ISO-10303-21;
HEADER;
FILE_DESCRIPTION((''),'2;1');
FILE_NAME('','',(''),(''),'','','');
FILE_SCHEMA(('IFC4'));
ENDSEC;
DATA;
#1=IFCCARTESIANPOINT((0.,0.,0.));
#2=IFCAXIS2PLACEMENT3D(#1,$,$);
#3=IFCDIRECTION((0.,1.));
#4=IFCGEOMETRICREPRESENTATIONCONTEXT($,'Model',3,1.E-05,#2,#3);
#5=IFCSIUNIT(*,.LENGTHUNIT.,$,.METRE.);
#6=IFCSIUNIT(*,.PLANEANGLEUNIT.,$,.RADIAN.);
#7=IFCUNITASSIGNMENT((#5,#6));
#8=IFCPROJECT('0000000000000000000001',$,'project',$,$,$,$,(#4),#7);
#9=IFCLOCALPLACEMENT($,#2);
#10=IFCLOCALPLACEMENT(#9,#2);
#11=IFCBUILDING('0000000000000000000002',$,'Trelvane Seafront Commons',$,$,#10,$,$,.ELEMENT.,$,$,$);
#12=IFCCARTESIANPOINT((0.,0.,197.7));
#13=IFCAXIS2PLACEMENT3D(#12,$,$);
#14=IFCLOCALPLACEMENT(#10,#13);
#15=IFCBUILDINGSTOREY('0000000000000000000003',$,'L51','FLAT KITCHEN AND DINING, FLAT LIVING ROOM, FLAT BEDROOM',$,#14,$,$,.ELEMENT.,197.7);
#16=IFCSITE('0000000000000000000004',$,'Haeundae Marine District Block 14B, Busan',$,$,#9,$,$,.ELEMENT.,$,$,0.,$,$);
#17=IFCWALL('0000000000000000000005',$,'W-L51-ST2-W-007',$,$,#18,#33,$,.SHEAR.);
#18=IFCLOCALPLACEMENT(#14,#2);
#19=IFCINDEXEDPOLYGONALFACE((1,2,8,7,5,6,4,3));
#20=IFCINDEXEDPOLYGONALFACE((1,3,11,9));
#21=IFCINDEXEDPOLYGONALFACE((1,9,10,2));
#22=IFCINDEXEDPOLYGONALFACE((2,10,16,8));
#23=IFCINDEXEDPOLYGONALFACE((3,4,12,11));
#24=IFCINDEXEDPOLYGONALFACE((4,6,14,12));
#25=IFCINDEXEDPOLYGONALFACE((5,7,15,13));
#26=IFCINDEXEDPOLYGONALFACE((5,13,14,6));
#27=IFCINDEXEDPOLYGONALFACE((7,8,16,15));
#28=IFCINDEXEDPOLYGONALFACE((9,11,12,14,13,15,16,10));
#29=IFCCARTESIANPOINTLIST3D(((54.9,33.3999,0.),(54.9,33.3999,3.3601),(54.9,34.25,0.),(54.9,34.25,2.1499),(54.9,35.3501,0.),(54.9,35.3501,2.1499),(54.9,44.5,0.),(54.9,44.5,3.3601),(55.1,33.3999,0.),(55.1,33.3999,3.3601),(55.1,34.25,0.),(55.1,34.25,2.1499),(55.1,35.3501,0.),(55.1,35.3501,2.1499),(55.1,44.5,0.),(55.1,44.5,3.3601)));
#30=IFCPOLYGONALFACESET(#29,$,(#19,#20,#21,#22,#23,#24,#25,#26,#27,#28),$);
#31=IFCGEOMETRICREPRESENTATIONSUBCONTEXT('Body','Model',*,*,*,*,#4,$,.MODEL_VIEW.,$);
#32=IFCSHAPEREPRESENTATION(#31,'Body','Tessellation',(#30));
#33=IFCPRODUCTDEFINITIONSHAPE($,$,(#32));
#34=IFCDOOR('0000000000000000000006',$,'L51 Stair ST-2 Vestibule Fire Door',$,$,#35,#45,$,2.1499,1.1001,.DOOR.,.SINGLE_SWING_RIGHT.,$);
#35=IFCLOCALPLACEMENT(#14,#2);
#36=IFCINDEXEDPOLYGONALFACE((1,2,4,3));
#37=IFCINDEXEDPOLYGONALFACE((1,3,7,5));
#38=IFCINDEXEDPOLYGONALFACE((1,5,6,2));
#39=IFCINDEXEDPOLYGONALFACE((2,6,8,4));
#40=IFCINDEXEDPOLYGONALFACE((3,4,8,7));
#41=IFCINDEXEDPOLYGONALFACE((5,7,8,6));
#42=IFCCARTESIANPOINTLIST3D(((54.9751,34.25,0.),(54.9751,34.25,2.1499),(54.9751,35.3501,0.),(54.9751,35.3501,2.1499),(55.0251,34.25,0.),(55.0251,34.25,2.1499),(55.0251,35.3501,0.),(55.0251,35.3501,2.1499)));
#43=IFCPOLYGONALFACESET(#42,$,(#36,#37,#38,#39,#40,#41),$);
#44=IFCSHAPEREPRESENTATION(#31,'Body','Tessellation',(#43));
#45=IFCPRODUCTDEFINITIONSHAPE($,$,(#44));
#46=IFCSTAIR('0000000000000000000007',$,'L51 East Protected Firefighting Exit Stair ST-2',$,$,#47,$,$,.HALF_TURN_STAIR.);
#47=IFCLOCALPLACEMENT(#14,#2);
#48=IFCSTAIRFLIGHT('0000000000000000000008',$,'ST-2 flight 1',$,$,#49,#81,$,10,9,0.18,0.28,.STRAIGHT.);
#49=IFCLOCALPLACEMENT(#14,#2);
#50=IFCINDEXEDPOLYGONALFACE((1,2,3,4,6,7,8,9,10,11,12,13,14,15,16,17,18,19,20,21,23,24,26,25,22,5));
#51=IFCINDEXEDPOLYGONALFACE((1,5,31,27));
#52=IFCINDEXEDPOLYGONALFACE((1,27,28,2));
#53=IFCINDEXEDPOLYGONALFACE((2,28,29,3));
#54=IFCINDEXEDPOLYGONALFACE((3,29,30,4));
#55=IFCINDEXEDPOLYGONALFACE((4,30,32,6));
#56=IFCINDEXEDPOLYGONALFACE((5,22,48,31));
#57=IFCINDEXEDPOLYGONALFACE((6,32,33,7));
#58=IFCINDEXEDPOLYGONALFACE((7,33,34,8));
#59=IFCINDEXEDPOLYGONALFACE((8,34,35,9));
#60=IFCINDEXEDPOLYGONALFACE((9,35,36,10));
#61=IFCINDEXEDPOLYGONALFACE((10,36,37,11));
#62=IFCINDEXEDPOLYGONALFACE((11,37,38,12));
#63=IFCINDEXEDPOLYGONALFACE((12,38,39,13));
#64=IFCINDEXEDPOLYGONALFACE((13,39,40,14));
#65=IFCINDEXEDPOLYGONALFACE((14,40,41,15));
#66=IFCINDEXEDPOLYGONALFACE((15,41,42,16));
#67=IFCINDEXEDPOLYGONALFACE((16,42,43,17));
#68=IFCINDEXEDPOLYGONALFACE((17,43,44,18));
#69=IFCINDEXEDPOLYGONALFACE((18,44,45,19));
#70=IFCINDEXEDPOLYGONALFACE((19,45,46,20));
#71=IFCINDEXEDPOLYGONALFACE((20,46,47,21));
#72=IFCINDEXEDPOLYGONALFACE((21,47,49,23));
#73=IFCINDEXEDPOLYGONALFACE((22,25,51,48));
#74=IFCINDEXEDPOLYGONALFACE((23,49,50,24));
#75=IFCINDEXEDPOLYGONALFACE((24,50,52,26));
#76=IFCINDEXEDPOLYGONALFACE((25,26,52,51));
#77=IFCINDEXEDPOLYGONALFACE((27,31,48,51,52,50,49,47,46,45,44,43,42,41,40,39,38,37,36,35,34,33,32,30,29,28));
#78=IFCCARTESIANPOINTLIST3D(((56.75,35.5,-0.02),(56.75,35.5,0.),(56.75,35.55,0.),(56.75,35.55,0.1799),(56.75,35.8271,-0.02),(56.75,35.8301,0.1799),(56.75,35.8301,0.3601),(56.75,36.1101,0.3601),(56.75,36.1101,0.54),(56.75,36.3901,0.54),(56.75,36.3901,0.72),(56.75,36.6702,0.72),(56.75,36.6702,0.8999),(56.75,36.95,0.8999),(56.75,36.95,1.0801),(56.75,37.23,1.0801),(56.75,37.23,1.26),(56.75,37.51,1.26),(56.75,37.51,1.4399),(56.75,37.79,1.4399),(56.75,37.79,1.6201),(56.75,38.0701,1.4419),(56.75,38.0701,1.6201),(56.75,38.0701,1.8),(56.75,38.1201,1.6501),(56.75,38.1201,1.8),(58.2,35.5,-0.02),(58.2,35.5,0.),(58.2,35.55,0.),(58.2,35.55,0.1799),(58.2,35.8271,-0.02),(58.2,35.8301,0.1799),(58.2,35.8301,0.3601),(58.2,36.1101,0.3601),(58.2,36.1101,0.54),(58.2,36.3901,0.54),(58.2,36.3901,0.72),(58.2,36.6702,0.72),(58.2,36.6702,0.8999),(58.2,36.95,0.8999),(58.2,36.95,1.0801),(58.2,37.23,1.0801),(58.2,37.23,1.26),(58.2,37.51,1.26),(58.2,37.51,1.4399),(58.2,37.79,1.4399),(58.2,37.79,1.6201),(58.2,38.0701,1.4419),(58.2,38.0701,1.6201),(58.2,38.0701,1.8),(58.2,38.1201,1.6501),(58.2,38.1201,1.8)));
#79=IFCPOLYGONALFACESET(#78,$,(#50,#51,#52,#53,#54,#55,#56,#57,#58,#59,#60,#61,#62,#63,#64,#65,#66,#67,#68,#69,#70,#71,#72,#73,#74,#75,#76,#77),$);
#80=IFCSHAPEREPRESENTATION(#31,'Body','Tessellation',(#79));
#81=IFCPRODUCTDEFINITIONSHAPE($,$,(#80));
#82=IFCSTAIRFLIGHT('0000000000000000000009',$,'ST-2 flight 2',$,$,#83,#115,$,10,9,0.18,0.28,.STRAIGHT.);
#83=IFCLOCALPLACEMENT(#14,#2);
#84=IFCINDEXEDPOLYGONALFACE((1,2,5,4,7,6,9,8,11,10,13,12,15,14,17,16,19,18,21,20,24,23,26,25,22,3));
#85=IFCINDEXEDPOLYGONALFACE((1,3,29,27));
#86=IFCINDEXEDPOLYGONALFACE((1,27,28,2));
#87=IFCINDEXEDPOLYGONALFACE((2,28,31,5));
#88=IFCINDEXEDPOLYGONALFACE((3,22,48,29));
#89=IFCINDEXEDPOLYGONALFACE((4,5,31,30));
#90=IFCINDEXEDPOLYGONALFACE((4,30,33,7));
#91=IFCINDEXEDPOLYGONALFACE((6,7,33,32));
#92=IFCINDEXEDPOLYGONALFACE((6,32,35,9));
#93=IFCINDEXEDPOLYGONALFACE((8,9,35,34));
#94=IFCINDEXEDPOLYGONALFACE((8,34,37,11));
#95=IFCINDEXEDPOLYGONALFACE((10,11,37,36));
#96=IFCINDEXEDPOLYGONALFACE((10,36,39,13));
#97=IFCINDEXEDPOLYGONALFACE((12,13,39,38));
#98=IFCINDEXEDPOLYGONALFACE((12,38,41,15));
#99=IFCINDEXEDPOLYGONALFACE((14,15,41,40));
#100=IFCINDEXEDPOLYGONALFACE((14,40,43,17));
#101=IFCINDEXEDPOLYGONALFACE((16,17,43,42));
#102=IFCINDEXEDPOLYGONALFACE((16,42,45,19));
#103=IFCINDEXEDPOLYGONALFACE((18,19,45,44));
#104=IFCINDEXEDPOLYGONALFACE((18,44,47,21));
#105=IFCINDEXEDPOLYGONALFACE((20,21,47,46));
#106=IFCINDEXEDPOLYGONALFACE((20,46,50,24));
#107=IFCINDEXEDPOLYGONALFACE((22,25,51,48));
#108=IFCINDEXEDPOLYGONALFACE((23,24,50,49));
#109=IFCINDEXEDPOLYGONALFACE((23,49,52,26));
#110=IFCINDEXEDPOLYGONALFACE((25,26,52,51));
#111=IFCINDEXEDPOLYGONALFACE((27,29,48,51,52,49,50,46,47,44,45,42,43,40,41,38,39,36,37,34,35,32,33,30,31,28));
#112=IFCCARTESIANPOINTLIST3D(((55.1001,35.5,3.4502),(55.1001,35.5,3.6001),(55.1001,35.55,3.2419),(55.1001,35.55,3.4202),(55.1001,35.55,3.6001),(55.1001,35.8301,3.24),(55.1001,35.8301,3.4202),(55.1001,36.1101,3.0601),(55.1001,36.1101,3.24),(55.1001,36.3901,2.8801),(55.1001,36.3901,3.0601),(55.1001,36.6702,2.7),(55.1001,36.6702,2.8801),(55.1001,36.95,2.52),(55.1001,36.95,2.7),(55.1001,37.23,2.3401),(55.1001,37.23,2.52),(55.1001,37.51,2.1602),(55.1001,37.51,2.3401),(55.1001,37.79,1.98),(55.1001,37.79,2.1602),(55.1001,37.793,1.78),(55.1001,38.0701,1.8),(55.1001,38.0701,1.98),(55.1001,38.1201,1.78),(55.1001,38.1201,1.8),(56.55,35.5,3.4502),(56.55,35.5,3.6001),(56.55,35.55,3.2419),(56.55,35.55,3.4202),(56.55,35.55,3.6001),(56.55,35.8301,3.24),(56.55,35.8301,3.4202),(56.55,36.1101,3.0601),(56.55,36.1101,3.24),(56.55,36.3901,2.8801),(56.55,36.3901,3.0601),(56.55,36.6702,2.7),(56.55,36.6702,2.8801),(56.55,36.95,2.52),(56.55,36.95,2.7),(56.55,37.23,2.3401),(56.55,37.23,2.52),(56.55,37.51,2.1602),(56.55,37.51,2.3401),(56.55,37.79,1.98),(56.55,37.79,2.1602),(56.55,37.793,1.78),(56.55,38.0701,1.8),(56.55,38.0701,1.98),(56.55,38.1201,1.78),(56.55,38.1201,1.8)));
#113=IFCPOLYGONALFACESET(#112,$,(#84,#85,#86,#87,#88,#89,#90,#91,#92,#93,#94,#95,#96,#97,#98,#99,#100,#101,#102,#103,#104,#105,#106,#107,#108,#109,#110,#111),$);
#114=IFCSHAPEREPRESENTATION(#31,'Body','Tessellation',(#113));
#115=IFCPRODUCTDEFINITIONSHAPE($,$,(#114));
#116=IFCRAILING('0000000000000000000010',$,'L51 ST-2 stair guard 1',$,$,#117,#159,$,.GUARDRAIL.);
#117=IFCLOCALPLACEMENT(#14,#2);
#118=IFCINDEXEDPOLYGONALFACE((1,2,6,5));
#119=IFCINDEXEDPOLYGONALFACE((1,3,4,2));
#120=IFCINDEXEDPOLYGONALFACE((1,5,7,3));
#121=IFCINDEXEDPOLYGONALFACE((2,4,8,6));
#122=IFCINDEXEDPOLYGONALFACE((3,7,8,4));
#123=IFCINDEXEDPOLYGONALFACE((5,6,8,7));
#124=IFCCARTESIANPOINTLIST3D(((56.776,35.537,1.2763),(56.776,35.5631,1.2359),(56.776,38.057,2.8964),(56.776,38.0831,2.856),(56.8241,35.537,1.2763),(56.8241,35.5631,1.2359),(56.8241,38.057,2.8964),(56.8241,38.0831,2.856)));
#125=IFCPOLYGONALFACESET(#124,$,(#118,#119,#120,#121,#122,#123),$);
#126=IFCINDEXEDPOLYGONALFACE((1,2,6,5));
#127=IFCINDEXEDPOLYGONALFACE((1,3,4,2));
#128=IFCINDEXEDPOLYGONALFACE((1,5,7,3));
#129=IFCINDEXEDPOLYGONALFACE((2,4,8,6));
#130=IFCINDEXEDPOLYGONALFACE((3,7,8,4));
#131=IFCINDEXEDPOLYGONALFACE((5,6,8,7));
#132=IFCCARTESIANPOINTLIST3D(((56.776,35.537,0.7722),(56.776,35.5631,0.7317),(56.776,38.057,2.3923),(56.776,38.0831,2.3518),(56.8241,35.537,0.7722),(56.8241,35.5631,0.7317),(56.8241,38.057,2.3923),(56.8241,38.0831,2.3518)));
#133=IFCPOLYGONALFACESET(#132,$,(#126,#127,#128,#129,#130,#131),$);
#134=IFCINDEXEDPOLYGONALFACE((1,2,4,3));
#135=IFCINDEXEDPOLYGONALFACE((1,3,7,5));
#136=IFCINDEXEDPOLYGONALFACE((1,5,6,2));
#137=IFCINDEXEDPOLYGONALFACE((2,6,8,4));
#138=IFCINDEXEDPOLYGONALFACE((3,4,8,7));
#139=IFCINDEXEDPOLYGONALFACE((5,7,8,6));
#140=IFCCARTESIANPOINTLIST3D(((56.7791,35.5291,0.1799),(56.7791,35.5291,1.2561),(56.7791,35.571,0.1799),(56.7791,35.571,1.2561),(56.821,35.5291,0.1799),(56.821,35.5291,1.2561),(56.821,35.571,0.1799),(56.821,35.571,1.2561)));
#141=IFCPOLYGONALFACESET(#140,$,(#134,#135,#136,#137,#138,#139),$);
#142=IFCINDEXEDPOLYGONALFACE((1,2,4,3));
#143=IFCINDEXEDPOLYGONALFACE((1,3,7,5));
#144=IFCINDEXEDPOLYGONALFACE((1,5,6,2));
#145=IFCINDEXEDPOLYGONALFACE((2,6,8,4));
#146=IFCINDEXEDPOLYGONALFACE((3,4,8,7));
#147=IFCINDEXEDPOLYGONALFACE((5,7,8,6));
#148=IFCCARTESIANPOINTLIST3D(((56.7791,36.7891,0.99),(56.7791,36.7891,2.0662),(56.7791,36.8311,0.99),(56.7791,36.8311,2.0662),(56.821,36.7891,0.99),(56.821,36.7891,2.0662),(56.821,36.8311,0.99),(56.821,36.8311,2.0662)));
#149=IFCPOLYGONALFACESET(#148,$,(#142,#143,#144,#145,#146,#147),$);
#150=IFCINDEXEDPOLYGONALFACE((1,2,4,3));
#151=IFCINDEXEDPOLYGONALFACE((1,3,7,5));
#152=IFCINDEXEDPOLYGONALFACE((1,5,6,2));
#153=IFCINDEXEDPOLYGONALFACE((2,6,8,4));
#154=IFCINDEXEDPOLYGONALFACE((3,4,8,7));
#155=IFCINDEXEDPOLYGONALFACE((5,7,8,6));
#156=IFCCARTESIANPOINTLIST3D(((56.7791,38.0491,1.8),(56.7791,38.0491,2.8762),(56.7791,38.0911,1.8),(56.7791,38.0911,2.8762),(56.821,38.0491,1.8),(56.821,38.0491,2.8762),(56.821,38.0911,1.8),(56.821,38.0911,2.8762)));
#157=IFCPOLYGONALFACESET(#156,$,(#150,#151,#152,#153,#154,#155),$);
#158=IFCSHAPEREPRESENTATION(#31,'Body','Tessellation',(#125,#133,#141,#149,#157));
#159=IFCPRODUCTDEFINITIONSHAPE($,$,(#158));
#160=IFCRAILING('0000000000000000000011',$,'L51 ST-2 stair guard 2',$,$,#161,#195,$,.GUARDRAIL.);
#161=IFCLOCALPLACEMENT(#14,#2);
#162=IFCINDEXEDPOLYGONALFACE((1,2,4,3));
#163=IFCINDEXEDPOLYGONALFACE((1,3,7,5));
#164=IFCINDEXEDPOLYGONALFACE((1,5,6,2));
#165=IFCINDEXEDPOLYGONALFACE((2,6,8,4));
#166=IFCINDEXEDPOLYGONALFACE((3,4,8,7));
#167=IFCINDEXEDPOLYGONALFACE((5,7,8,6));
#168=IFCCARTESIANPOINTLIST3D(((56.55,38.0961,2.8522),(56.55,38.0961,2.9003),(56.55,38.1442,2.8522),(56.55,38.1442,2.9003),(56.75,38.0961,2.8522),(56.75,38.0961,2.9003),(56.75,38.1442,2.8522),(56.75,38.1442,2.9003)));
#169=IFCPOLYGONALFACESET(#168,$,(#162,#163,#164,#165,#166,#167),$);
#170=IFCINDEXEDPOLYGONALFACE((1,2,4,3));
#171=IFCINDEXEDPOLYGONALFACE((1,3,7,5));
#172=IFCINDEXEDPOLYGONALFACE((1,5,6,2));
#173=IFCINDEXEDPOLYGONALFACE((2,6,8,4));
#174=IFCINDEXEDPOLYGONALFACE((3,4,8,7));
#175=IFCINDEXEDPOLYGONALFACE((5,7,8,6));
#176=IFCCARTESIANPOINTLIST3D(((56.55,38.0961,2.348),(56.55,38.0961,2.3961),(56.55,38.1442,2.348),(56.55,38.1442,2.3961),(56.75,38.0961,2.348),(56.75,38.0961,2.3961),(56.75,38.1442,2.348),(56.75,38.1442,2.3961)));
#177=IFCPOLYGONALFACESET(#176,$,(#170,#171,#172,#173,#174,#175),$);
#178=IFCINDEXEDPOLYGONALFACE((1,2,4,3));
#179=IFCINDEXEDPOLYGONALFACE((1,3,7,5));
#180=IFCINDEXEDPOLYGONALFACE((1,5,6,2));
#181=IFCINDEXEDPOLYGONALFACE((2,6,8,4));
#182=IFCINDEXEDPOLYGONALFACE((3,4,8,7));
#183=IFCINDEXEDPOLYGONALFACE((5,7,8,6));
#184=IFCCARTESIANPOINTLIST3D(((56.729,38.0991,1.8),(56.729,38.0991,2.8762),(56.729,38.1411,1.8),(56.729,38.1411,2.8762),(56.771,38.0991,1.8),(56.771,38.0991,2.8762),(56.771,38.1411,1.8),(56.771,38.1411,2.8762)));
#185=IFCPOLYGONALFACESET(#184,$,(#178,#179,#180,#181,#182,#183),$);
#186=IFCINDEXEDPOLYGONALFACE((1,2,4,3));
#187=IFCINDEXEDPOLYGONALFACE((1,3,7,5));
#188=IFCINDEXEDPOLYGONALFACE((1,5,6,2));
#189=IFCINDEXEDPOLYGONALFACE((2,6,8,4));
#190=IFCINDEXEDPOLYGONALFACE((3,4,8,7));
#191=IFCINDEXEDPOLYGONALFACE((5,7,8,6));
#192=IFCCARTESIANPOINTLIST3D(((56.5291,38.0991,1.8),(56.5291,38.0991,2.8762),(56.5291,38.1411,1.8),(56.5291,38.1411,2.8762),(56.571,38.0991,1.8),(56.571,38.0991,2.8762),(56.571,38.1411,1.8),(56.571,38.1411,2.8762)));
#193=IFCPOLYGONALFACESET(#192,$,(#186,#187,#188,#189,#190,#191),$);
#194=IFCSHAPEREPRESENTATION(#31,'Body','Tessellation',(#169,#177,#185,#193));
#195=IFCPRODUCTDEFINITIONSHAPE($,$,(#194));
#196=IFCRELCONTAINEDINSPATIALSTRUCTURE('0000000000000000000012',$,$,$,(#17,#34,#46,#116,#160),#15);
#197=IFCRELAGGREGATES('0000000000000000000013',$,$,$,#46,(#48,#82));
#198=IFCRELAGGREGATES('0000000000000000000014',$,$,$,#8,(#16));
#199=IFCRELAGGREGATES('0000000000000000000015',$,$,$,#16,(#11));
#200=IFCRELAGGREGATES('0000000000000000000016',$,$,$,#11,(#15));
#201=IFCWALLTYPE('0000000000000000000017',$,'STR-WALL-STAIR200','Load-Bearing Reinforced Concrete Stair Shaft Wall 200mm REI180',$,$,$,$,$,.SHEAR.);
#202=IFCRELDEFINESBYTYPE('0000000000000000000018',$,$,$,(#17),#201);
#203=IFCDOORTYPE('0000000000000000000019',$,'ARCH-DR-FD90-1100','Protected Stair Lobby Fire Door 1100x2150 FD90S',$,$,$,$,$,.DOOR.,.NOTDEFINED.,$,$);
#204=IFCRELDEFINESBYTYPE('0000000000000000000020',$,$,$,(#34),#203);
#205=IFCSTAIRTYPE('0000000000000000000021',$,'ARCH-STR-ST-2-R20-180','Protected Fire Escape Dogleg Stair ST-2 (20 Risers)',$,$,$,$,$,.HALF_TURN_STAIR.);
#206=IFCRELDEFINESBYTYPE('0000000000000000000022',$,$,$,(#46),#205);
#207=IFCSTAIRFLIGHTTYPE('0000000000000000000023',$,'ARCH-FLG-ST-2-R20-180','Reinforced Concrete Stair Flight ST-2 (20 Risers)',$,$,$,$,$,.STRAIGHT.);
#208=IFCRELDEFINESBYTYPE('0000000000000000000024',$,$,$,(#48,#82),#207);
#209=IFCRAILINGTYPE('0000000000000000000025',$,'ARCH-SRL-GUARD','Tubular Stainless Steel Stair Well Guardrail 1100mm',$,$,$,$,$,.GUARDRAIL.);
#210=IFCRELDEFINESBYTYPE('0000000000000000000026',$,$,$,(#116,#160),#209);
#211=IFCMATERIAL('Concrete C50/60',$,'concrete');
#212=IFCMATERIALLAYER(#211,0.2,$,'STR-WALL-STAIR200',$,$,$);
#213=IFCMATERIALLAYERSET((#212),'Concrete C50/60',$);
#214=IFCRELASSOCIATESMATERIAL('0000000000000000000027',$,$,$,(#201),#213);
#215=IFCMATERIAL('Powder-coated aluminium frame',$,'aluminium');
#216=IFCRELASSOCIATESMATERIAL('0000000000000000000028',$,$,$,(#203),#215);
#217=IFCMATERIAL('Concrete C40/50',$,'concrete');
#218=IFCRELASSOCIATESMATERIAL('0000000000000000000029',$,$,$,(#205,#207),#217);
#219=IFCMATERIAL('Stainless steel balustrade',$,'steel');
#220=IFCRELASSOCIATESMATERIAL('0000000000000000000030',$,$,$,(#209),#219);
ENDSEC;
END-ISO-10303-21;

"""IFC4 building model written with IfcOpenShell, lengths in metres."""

from ifc_helpers import new_model, si_unit, direction, frame, frame_2d, origin, origin_2d, place, context, subcontext, project, spatial, polyline, rectangle, outline, extrude, source, transform, mapped, material, layer, layer_set, type_object, element, fill, aggregate, save


model = new_model("IFC4")

# Units and contexts
model_context = context("Model", 3, precision=1e-05, world=origin(), true_north=direction((0.0, 1.0)))
body_context = subcontext(model_context, "Body", "Model", "MODEL_VIEW")
ifc_project = project(units=[si_unit("LENGTHUNIT", "METRE"), si_unit("PLANEANGLEUNIT", "RADIAN")], contexts=[model_context])

# Site, building, storey
site_placement = place(None, origin())
site = spatial("IfcSite", under=ifc_project, at=site_placement, Name="Haeundae Marine District Block 14B, Busan", CompositionType="ELEMENT", RefElevation=0.0)
building_placement = place(site_placement, origin())
building = spatial("IfcBuilding", under=site, at=building_placement, Name="Trelvane Seafront Commons", CompositionType="ELEMENT")
storey_placement = place(building_placement, frame((0.0, 0.0, 197.7)))
storey = spatial("IfcBuildingStorey", under=building, at=storey_placement, Name="L51", Description="FLAT KITCHEN AND DINING, FLAT LIVING ROOM, FLAT BEDROOM", CompositionType="ELEMENT", Elevation=197.7)

# Shared definitions
ifc_material_1 = material(Name="Concrete C50/60", Category="concrete")

# Shared definitions
ifc_material_2 = material(Name="Concrete C40/50", Category="concrete")
ifc_material_3 = material(Name="Powder-coated aluminium frame", Category="aluminium")

# Shared definitions
ifc_layer_1 = layer(ifc_material_1, 0.2, Name="STR-WALL-STAIR200")
ifc_layer_set_1 = layer_set([ifc_layer_1], Name="Concrete C50/60")
wall_type_1 = type_object("IfcWallType", Name="STR-WALL-STAIR200", Description="Load-Bearing Reinforced Concrete Stair Shaft Wall 200mm REI180", PredefinedType="SHEAR", material=ifc_layer_set_1)

# Wall, opening, door
wall_1_placement = place(storey_placement, frame((55.0, 33.3999, 0.0), z_axis=(0.0, 0.0, 1.0), x_axis=(0.0, 1.0, 0.0)))
wall_1 = element("IfcWall", 1, at=wall_1_placement, inside=storey, type_object=wall_type_1, Name="W-L51-ST2-W-007", PredefinedType="SHEAR", context=body_context, shape_type="SweptSolid", body=[
    extrude(rectangle(XDim=11.1001, YDim=0.2, at=frame_2d((5.55, 0.0))), origin(), (0.0, 0.0, 1.0), 3.3601),
])
opening_1_placement = place(wall_1_placement, frame((0.8501, 0.0, 0.0)))
opening_1 = element("IfcOpeningElement", 2, at=opening_1_placement, cuts=wall_1, PredefinedType="OPENING", context=body_context, shape_type="SweptSolid", body=[
    extrude(rectangle(XDim=1.1001, YDim=2.1499, at=frame_2d((0.55, 1.075))), frame((0.0, 0.1099, 0.0), z_axis=(0.0, -1.0, 0.0), x_axis=(1.0, 0.0, 0.0)), (0.0, 0.0, 1.0), 0.22),
])
door_type_1 = type_object("IfcDoorType", Name="ARCH-DR-FD90-1100", Description="Protected Stair Lobby Fire Door 1100x2150 FD90S", OperationType="NOTDEFINED", PredefinedType="DOOR", material=ifc_material_3)
shared_shape_1 = source(origin(), body_context, "Body", "SweptSolid", [
    extrude(rectangle(XDim=1.1001, YDim=2.1499, at=frame_2d((0.55, 1.075))), frame((0.0, 0.0249, 0.0), z_axis=(0.0, -1.0, 0.0), x_axis=(1.0, 0.0, 0.0)), (0.0, 0.0, 1.0), 0.05),
])
door_1_placement = place(opening_1_placement, origin())
door_1 = element("IfcDoor", 3, at=door_1_placement, inside=storey, type_object=door_type_1, Name="L51 Stair ST-2 Vestibule Fire Door", OperationType="SINGLE_SWING_RIGHT", OverallHeight=2.1499, OverallWidth=1.1001, PredefinedType="DOOR", context=body_context, shape_type="MappedRepresentation", body=[
    mapped(shared_shape_1, transform((0.0, 0.0, 0.0), x_axis=(1.0, 0.0, 0.0), y_axis=(0.0, 1.0, 0.0), z_axis=(0.0, 0.0, 1.0), scale=1.0)),
])
fill(opening_1, door_1)

# Stair, stair flights
stair_type = type_object("IfcStairType", Name="ARCH-STR-ST-2-R20-180", Description="Protected Fire Escape Dogleg Stair ST-2 (20 Risers)", PredefinedType="HALF_TURN_STAIR", material=ifc_material_2)
stair_placement = place(storey_placement, origin())
stair = element("IfcStair", 4, at=stair_placement, inside=storey, type_object=stair_type, Name="L51 East Protected Firefighting Exit Stair ST-2", PredefinedType="HALF_TURN_STAIR")
stair_flight_type = type_object("IfcStairFlightType", Name="ARCH-FLG-ST-2-R20-180", Description="Reinforced Concrete Stair Flight ST-2 (20 Risers)", PredefinedType="STRAIGHT", material=ifc_material_2)
shared_shape_2 = source(origin(), body_context, "Body", "SweptSolid", [
    extrude(outline(polyline([(-0.05, -0.02), (-0.05, 0.0), (0.0, 0.0), (0.0, 0.1799), (0.28, 0.1799), (0.28, 0.3601), (0.5601, 0.3601), (0.5601, 0.54), (0.8401, 0.54), (0.8401, 0.72), (1.1201, 0.72), (1.1201, 0.8999), (1.3999, 0.8999), (1.3999, 1.0801), (1.6799, 1.0801), (1.6799, 1.26), (1.96, 1.26), (1.96, 1.4399), (2.24, 1.4399), (2.24, 1.6201), (2.52, 1.6201), (2.52, 1.8), (2.5701, 1.8), (2.5701, 1.6501), (2.52, 1.4419), (0.2771, -0.02), (-0.05, -0.02)])), frame((0.0, 0.7251, 0.0), z_axis=(0.0, -1.0, 0.0), x_axis=(1.0, 0.0, 0.0)), (0.0, 0.0, 1.0), 1.45),
])
stair_flight_1_placement = place(storey_placement, frame((57.4751, 35.55, 0.0), z_axis=(0.0, 0.0, 1.0), x_axis=(0.0, 1.0, 0.0)))
stair_flight_1 = element("IfcStairFlight", 5, at=stair_flight_1_placement, type_object=stair_flight_type, Name="ST-2 flight 1", NumberOfRisers=10, NumberOfTreads=9, PredefinedType="STRAIGHT", RiserHeight=0.18, TreadLength=0.28, context=body_context, shape_type="MappedRepresentation", body=[
    mapped(shared_shape_2, transform((0.0, 0.0, 0.0), x_axis=(1.0, 0.0, 0.0), y_axis=(0.0, 1.0, 0.0), z_axis=(0.0, 0.0, 1.0), scale=1.0)),
])
stair_flight_2_placement = place(storey_placement, frame((55.825, 38.0701, 1.8), z_axis=(0.0, 0.0, 1.0), x_axis=(0.0, -1.0, 0.0)))
stair_flight_2 = element("IfcStairFlight", 6, at=stair_flight_2_placement, type_object=stair_flight_type, Name="ST-2 flight 2", NumberOfRisers=10, NumberOfTreads=9, PredefinedType="STRAIGHT", RiserHeight=0.18, TreadLength=0.28, context=body_context, shape_type="MappedRepresentation", body=[
    mapped(shared_shape_2, transform((0.0, 0.0, 0.0), x_axis=(1.0, 0.0, 0.0), y_axis=(0.0, 1.0, 0.0), z_axis=(0.0, 0.0, 1.0), scale=1.0)),
])
aggregate(stair, [stair_flight_1, stair_flight_2])

# Railings
ifc_material_4 = material(Name="Stainless steel balustrade", Category="steel")
railing_type_1 = type_object("IfcRailingType", Name="ARCH-SRL-GUARD", Description="Tubular Stainless Steel Stair Well Guardrail 1100mm", PredefinedType="GUARDRAIL", material=ifc_material_4)
railing_1_placement = place(storey_placement, frame((56.8, 35.55, 0.1799)))
element("IfcRailing", 7, at=railing_1_placement, inside=storey, type_object=railing_type_1, Name="L51 ST-2 stair guard 1", PredefinedType="GUARDRAIL", context=body_context, shape_type="SweptSolid", body=[
    extrude(rectangle(XDim=0.0481, YDim=0.0481, at=origin_2d()), frame((0.0, 0.0, 1.0762), z_axis=(0.0, 0.841163, 0.540782), x_axis=(-1.0, 0.0, 0.0)), (0.0, 0.0, 1.0), 2.9958),
    extrude(rectangle(XDim=0.0481, YDim=0.0481, at=origin_2d()), frame((0.0, 0.0, 0.572), z_axis=(0.0, 0.841163, 0.540782), x_axis=(-1.0, 0.0, 0.0)), (0.0, 0.0, 1.0), 2.9958),
    extrude(rectangle(XDim=0.042, YDim=0.042, at=origin_2d()), origin(), (0.0, 0.0, 1.0), 1.0762),
    extrude(rectangle(XDim=0.042, YDim=0.042, at=origin_2d()), frame((0.0, 1.26, 0.8101)), (0.0, 0.0, 1.0), 1.0762),
    extrude(rectangle(XDim=0.042, YDim=0.042, at=origin_2d()), frame((0.0, 2.52, 1.6201)), (0.0, 0.0, 1.0), 1.0762),
])
railing_2_placement = place(storey_placement, frame((56.75, 38.1201, 1.8)))
element("IfcRailing", 8, at=railing_2_placement, inside=storey, type_object=railing_type_1, Name="L51 ST-2 stair guard 2", PredefinedType="GUARDRAIL", context=body_context, shape_type="SweptSolid", body=[
    extrude(rectangle(XDim=0.0481, YDim=0.0481, at=origin_2d()), frame((0.0, 0.0, 1.0762), z_axis=(-1.0, 0.0, 0.0), x_axis=(0.0, -1.0, 0.0)), (0.0, 0.0, 1.0), 0.2),
    extrude(rectangle(XDim=0.0481, YDim=0.0481, at=origin_2d()), frame((0.0, 0.0, 0.572), z_axis=(-1.0, 0.0, 0.0), x_axis=(0.0, -1.0, 0.0)), (0.0, 0.0, 1.0), 0.2),
    extrude(rectangle(XDim=0.042, YDim=0.042, at=origin_2d()), origin(), (0.0, 0.0, 1.0), 1.0762),
    extrude(rectangle(XDim=0.042, YDim=0.042, at=origin_2d()), frame((-0.2, 0.0, 0.0)), (0.0, 0.0, 1.0), 1.0762),
])

save(model, "model.ifc")
